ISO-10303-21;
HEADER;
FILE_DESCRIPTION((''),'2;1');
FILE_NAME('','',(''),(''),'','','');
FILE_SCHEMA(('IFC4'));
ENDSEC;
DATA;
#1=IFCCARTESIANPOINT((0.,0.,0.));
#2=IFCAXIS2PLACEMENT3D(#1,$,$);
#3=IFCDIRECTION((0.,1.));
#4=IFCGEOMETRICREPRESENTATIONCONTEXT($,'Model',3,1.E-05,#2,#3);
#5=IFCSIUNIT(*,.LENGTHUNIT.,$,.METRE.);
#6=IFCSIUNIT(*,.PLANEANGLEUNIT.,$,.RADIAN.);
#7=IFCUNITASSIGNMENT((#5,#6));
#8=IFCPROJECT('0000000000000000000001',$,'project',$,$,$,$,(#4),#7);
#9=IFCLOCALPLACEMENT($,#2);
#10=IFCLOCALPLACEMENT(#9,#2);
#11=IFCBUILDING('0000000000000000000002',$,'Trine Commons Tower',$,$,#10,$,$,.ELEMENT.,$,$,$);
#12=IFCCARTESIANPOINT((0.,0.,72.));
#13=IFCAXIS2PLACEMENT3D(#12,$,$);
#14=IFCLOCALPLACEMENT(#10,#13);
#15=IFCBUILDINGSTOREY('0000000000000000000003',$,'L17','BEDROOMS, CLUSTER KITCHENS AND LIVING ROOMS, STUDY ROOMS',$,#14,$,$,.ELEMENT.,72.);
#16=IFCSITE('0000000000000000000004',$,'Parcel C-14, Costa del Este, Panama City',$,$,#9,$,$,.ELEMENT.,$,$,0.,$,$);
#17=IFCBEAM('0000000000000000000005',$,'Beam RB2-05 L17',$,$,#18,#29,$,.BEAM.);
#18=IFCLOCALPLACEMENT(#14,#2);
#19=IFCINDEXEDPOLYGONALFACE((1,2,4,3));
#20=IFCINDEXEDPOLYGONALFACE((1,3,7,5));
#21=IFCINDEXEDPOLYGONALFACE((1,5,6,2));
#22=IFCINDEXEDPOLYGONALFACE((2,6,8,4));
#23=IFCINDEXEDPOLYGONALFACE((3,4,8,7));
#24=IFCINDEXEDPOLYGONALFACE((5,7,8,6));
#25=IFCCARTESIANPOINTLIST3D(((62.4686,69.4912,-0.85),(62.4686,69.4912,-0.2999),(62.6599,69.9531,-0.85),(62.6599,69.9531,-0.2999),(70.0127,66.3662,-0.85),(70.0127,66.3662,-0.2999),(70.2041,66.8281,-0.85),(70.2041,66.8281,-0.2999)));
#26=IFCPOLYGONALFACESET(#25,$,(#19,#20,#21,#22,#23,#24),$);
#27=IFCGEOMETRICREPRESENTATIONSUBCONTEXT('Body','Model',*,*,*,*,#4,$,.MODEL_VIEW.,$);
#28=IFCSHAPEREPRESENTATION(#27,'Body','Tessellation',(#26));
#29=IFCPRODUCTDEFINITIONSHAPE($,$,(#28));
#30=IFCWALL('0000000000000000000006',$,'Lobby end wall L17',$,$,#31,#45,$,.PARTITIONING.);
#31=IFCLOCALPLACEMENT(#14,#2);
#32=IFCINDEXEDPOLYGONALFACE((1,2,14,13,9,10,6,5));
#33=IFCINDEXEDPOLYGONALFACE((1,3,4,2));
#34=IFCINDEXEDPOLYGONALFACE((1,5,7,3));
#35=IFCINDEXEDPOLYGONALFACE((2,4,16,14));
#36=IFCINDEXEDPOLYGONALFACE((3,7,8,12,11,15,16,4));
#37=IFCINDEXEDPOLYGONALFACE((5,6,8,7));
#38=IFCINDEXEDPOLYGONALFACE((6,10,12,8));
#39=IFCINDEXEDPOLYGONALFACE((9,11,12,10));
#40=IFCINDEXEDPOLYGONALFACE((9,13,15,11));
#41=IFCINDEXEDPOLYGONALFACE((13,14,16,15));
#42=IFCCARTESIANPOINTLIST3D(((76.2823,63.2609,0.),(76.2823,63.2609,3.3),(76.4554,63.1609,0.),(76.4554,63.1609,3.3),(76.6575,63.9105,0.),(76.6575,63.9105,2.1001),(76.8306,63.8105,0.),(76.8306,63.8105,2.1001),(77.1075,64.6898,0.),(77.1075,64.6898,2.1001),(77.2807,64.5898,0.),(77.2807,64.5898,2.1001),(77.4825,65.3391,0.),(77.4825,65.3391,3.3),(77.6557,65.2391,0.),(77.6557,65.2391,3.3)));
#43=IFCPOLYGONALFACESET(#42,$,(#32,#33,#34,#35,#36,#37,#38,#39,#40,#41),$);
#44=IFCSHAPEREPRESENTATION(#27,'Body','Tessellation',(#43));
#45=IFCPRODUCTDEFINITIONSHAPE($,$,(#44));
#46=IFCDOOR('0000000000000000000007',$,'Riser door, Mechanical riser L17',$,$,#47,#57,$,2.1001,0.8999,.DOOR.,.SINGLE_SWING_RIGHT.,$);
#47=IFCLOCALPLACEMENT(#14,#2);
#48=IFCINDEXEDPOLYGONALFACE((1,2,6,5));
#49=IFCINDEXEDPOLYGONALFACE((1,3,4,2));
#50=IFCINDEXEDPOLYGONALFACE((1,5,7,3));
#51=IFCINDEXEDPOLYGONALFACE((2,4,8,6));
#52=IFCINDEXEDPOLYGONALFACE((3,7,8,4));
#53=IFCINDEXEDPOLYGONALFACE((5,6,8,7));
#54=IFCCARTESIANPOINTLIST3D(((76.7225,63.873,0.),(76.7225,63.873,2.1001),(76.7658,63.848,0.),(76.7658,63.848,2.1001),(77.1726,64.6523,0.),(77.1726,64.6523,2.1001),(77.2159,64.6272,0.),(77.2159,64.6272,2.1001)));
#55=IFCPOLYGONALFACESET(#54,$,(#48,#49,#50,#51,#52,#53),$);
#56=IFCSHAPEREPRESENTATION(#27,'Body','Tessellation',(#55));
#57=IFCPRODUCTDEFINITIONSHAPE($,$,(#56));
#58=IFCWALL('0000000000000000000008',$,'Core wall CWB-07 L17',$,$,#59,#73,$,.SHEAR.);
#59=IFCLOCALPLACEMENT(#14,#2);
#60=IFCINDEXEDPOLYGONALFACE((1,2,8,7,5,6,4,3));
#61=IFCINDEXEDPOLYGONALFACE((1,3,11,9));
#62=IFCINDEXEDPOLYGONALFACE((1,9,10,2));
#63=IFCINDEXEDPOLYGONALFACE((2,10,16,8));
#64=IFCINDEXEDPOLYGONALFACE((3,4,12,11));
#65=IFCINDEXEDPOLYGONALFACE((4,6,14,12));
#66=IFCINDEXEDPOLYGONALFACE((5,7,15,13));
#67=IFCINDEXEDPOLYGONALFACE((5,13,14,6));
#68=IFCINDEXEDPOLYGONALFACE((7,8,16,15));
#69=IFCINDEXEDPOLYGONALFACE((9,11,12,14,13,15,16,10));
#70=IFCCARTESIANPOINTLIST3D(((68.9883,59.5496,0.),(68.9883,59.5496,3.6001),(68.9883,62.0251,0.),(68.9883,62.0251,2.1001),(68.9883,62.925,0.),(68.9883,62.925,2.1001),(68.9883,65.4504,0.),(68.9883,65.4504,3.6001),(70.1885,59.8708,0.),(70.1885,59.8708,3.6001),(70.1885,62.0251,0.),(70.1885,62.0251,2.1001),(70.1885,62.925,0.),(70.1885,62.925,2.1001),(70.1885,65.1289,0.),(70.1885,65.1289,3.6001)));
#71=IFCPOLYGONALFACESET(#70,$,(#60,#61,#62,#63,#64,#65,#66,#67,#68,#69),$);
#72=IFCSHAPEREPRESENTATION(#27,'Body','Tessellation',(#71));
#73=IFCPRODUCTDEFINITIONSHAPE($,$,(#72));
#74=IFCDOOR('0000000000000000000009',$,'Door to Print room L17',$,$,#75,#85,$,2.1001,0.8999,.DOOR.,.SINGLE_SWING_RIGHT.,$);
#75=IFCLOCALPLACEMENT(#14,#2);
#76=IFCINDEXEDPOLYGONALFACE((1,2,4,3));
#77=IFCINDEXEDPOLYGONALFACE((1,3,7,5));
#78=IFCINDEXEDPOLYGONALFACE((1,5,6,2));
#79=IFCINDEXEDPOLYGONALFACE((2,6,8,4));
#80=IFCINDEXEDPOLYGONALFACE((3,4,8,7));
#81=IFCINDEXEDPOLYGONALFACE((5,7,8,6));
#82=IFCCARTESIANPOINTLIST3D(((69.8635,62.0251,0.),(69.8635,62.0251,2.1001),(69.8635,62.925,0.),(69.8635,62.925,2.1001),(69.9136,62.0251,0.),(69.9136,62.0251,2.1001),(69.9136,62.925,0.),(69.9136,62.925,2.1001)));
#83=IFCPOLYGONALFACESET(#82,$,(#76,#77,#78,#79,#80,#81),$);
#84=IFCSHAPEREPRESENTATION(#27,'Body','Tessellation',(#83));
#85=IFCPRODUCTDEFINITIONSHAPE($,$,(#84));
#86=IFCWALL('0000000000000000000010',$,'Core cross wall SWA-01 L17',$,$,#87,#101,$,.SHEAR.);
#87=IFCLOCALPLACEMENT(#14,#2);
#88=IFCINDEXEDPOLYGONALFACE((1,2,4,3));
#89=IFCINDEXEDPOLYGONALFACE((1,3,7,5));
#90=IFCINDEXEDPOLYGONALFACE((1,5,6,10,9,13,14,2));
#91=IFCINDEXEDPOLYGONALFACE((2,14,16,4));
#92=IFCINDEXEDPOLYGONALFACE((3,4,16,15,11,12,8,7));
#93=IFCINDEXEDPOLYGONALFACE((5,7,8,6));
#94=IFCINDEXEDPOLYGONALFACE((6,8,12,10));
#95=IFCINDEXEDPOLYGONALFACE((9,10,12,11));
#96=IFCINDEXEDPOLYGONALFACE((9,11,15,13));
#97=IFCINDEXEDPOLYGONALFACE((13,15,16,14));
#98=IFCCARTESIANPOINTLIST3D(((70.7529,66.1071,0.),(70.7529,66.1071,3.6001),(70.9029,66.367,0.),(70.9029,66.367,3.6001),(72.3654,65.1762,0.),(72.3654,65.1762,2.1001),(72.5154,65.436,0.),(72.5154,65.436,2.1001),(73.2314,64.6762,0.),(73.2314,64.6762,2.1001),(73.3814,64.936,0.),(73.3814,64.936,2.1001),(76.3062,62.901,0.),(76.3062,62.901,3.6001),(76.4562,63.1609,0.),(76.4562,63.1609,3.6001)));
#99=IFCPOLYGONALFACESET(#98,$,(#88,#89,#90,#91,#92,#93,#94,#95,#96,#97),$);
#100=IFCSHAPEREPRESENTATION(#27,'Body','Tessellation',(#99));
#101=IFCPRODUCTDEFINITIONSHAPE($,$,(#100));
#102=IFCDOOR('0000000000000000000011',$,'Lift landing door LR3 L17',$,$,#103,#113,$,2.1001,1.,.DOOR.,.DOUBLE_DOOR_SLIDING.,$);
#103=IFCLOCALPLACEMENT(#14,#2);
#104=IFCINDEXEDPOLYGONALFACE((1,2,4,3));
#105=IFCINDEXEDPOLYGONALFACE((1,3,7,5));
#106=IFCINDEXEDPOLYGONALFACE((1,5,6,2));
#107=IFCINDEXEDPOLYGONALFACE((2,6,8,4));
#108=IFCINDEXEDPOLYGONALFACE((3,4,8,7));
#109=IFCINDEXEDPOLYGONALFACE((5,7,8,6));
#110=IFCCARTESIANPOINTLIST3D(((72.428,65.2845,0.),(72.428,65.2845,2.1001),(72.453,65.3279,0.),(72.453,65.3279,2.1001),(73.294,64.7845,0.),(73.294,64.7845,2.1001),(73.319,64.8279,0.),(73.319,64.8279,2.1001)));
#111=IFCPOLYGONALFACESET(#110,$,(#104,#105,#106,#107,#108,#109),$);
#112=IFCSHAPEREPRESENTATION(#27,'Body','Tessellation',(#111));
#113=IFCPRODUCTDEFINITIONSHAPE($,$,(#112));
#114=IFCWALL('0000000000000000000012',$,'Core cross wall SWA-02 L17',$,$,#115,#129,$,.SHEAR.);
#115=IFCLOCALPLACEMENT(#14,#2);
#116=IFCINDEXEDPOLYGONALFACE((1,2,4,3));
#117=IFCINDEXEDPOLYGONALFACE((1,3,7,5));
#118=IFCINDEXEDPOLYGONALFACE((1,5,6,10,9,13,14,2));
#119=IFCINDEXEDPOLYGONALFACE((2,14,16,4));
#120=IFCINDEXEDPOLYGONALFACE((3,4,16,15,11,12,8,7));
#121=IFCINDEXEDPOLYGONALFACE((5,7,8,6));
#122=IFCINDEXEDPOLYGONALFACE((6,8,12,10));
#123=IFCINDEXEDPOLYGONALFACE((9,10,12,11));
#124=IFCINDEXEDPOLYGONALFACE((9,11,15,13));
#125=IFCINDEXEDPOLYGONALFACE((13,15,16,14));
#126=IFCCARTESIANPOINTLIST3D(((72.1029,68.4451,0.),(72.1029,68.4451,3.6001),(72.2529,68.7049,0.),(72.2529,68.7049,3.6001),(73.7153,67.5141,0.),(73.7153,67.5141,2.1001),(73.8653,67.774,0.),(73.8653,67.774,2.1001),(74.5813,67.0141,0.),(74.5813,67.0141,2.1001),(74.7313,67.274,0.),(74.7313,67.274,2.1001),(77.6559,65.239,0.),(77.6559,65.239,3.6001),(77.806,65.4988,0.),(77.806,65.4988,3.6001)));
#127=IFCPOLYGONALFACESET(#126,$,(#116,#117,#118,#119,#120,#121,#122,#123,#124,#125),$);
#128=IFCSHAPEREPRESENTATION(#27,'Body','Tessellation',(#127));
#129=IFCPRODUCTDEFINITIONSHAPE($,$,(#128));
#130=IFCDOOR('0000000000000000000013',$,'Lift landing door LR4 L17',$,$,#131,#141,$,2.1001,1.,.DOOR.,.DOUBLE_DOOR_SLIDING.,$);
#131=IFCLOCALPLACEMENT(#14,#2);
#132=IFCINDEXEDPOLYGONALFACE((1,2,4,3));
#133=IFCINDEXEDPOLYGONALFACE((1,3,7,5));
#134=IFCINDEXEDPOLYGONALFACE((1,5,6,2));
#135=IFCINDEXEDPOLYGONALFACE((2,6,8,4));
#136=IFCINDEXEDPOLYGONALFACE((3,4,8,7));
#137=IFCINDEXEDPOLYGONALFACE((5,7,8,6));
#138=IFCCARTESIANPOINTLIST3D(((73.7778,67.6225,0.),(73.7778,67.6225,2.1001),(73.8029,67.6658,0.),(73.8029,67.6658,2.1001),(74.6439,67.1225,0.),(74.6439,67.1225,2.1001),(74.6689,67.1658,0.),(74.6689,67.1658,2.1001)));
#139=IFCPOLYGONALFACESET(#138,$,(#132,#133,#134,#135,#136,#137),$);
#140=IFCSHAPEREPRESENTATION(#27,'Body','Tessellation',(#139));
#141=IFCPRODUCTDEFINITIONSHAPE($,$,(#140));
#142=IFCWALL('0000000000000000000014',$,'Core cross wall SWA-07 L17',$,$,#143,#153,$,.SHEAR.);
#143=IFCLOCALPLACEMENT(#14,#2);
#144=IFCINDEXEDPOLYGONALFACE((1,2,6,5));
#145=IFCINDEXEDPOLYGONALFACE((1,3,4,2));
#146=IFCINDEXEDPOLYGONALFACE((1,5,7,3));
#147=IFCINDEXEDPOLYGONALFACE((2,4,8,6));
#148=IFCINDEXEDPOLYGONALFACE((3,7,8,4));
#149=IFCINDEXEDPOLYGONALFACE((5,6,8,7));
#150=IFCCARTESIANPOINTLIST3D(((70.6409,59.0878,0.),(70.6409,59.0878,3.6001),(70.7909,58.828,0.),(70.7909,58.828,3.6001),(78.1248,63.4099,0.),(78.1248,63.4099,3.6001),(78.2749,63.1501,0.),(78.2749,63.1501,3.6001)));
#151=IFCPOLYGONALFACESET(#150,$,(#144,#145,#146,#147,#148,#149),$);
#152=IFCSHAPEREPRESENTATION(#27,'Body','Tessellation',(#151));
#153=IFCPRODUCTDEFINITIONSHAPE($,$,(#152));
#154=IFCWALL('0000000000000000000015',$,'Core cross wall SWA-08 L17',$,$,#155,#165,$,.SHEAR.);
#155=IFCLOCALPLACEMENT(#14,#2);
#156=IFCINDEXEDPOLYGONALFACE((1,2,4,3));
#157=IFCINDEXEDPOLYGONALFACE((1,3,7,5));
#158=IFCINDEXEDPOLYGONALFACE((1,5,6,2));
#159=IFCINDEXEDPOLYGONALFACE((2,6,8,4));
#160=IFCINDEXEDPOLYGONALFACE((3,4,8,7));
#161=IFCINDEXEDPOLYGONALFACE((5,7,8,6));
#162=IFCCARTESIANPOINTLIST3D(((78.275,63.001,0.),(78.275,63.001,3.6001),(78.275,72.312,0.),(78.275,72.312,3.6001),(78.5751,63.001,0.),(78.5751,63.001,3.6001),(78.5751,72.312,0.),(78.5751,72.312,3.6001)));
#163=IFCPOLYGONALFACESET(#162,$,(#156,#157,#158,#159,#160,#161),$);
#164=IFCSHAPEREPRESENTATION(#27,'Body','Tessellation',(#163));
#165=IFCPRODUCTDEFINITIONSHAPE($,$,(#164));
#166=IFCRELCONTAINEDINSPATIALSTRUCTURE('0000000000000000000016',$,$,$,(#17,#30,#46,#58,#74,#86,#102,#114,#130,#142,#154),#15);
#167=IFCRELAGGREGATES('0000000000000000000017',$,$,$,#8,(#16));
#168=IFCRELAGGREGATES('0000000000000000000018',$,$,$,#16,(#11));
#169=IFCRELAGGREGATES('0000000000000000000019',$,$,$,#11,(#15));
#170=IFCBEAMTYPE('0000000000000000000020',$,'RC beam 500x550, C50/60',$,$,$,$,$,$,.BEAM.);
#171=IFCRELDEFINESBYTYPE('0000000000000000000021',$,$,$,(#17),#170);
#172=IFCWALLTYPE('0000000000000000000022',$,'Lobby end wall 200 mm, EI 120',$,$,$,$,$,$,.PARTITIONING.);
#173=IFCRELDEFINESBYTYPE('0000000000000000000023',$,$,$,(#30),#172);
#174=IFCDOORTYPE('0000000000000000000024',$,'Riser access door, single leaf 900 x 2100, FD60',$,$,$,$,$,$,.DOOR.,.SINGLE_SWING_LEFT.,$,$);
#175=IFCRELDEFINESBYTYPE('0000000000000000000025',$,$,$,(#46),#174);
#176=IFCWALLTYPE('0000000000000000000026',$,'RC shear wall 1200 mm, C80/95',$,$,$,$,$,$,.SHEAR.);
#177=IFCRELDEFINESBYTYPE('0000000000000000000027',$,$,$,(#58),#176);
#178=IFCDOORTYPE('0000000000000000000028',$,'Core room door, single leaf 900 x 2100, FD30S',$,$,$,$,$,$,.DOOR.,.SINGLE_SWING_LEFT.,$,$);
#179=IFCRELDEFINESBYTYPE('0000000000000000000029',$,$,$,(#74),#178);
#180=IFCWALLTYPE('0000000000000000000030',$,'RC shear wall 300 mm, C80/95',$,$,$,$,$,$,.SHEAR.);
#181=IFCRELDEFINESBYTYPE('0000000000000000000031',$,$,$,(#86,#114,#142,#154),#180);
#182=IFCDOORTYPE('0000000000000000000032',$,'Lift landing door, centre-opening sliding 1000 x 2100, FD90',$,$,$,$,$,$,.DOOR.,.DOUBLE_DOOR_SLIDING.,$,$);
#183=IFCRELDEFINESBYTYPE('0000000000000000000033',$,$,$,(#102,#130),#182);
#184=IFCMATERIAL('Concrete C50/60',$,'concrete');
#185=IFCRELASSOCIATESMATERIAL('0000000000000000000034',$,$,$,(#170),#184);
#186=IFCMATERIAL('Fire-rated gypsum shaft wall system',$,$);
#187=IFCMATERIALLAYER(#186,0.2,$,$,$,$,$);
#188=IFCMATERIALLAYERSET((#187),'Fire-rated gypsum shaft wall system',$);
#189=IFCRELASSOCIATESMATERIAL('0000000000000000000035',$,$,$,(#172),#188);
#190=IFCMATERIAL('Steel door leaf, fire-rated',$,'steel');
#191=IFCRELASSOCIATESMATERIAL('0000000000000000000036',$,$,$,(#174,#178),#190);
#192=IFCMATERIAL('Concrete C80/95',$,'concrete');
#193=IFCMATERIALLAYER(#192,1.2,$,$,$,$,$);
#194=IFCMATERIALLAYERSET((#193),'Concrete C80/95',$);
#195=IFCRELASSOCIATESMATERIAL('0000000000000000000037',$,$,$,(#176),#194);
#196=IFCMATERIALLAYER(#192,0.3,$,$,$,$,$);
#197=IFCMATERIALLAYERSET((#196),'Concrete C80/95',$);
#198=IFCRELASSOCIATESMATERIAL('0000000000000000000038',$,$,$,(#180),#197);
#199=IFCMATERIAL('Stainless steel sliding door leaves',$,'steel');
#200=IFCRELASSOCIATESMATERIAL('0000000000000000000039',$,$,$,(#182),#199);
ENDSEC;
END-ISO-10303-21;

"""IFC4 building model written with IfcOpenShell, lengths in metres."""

from ifc_helpers import new_model, si_unit, direction, frame, frame_2d, origin, origin_2d, place, context, subcontext, project, spatial, polyline, rectangle, outline, extrude, material, layer, layer_set, material_profile, profile_set, type_object, element, fill, save


model = new_model("IFC4")

# Units and contexts
model_context = context("Model", 3, precision=1e-05, world=origin(), true_north=direction((0.0, 1.0)))
body_context = subcontext(model_context, "Body", "Model", "MODEL_VIEW")
ifc_project = project(units=[si_unit("LENGTHUNIT", "METRE"), si_unit("PLANEANGLEUNIT", "RADIAN")], contexts=[model_context])

# Site, building, storey
site_placement = place(None, origin())
site = spatial("IfcSite", under=ifc_project, at=site_placement, Name="Parcel C-14, Costa del Este, Panama City", CompositionType="ELEMENT", RefElevation=0.0)
building_placement = place(site_placement, origin())
building = spatial("IfcBuilding", under=site, at=building_placement, Name="Trine Commons Tower", CompositionType="ELEMENT")
storey_placement = place(building_placement, frame((0.0, 0.0, 72.0)))
storey = spatial("IfcBuildingStorey", under=building, at=storey_placement, Name="L17", Description="BEDROOMS, CLUSTER KITCHENS AND LIVING ROOMS, STUDY ROOMS", CompositionType="ELEMENT", Elevation=72.0)

# Beam
ifc_material_1 = material(Name="Concrete C50/60", Category="concrete")
ifc_material_profile = material_profile(ifc_material_1, rectangle(XDim=0.5, YDim=0.55, at=origin_2d()), Name="RC 500x550")
ifc_profile_set = profile_set([ifc_material_profile], Name="Concrete C50/60")
beam_type = type_object("IfcBeamType", Name="RC beam 500x550, C50/60", PredefinedType="BEAM", material=ifc_profile_set)
beam_placement = place(storey_placement, frame((70.1084, 66.5972, -0.575), z_axis=(-0.923875, 0.382693, 0.0), x_axis=(-0.382693, -0.923875, 0.0)))
element("IfcBeam", 1, at=beam_placement, inside=storey, type_object=beam_type, Name="Beam RB2-05 L17", PredefinedType="BEAM", context=body_context, shape_type="SweptSolid", body=[
    extrude(rectangle(XDim=0.5, YDim=0.55, at=origin_2d()), origin(), (0.0, 0.0, 1.0), 8.1658),
])

# Walls, openings, doors
ifc_material_2 = material(Name="Fire-rated gypsum shaft wall system")
ifc_layer_1 = layer(ifc_material_2, 0.2)
ifc_layer_set_1 = layer_set([ifc_layer_1], Name="Fire-rated gypsum shaft wall system")
wall_type_1 = type_object("IfcWallType", Name="Lobby end wall 200 mm, EI 120", PredefinedType="PARTITIONING", material=ifc_layer_set_1)
wall_1_placement = place(storey_placement, frame((77.5691, 65.2891, 0.0), z_axis=(0.0, 0.0, 1.0), x_axis=(-0.500122, -0.865955, 0.0)))
wall_1 = element("IfcWall", 2, at=wall_1_placement, inside=storey, type_object=wall_type_1, Name="Lobby end wall L17", PredefinedType="PARTITIONING", context=body_context, shape_type="SweptSolid", body=[
    extrude(rectangle(XDim=2.3999, YDim=0.2, at=frame_2d((1.2, 0.0))), origin(), (0.0, 0.0, 1.0), 3.3),
])
opening_1_placement = place(wall_1_placement, frame((0.7498, 0.0, 0.0)))
opening_1 = element("IfcOpeningElement", 3, at=opening_1_placement, cuts=wall_1, PredefinedType="OPENING", context=body_context, shape_type="SweptSolid", body=[
    extrude(rectangle(XDim=0.8999, YDim=2.1001, at=frame_2d((0.45, 1.05))), frame((0.0, 0.1099, 0.0), z_axis=(0.0, -1.0, 0.0), x_axis=(1.0, 0.0, 0.0)), (0.0, 0.0, 1.0), 0.22),
])
ifc_material_3 = material(Name="Steel door leaf, fire-rated", Category="steel")
door_type_1 = type_object("IfcDoorType", Name="Riser access door, single leaf 900 x 2100, FD60", OperationType="SINGLE_SWING_LEFT", PredefinedType="DOOR", material=ifc_material_3)
door_1_placement = place(opening_1_placement, frame((0.8999, 0.0, 0.0), z_axis=(0.0, 0.0, 1.0), x_axis=(-1.0, 0.0, 0.0)))
door_1 = element("IfcDoor", 4, at=door_1_placement, inside=storey, type_object=door_type_1, Name="Riser door, Mechanical riser L17", OperationType="SINGLE_SWING_RIGHT", OverallHeight=2.1001, OverallWidth=0.8999, PredefinedType="DOOR", context=body_context, shape_type="SweptSolid", body=[
    extrude(rectangle(XDim=0.8999, YDim=2.1001, at=frame_2d((0.45, 1.05))), frame((0.0, 0.0249, 0.0), z_axis=(0.0, -1.0, 0.0), x_axis=(1.0, 0.0, 0.0)), (0.0, 0.0, 1.0), 0.05),
])
fill(opening_1, door_1)
ifc_material_4 = material(Name="Concrete C80/95", Category="concrete")
ifc_layer_2 = layer(ifc_material_4, 1.2)
ifc_layer_set_2 = layer_set([ifc_layer_2], Name="Concrete C80/95")
wall_type_2 = type_object("IfcWallType", Name="RC shear wall 1200 mm, C80/95", PredefinedType="SHEAR", material=ifc_layer_set_2)
wall_2_placement = place(storey_placement, frame((69.5884, 65.4504, 0.0), z_axis=(0.0, 0.0, 1.0), x_axis=(0.0, -1.0, 0.0)))
wall_2 = element("IfcWall", 5, at=wall_2_placement, inside=storey, type_object=wall_type_2, Name="Core wall CWB-07 L17", PredefinedType="SHEAR", context=body_context, shape_type="SweptSolid", body=[
    extrude(outline(polyline([(0.0, -0.6001), (5.9009, -0.6001), (5.5796, 0.6001), (0.3215, 0.6001), (0.0, -0.6001)])), origin(), (0.0, 0.0, 1.0), 3.6001),
])
opening_2_placement = place(wall_2_placement, frame((2.5254, 0.0, 0.0)))
opening_2 = element("IfcOpeningElement", 6, at=opening_2_placement, cuts=wall_2, PredefinedType="OPENING", context=body_context, shape_type="SweptSolid", body=[
    extrude(rectangle(XDim=0.8999, YDim=2.1001, at=frame_2d((0.45, 1.05))), frame((0.0, 0.6099, 0.0), z_axis=(0.0, -1.0, 0.0), x_axis=(1.0, 0.0, 0.0)), (0.0, 0.0, 1.0), 1.22),
])
door_type_2 = type_object("IfcDoorType", Name="Core room door, single leaf 900 x 2100, FD30S", OperationType="SINGLE_SWING_LEFT", PredefinedType="DOOR", material=ifc_material_3)
door_2_placement = place(opening_2_placement, origin())
door_2 = element("IfcDoor", 7, at=door_2_placement, inside=storey, type_object=door_type_2, Name="Door to Print room L17", OperationType="SINGLE_SWING_RIGHT", OverallHeight=2.1001, OverallWidth=0.8999, PredefinedType="DOOR", context=body_context, shape_type="SweptSolid", body=[
    extrude(rectangle(XDim=0.8999, YDim=2.1001, at=frame_2d((0.45, 1.05))), frame((0.0, 0.3252, 0.0), z_axis=(0.0, -1.0, 0.0), x_axis=(1.0, 0.0, 0.0)), (0.0, 0.0, 1.0), 0.05),
])
fill(opening_2, door_2)
ifc_layer_3 = layer(ifc_material_4, 0.3)
ifc_layer_set_3 = layer_set([ifc_layer_3], Name="Concrete C80/95")
wall_type_3 = type_object("IfcWallType", Name="RC shear wall 300 mm, C80/95", PredefinedType="SHEAR", material=ifc_layer_set_3)
wall_3_placement = place(storey_placement, frame((76.3811, 63.031, 0.0), z_axis=(0.0, 0.0, 1.0), x_axis=(-0.866032, 0.499988, 0.0)))
wall_3 = element("IfcWall", 8, at=wall_3_placement, inside=storey, type_object=wall_type_3, Name="Core cross wall SWA-01 L17", PredefinedType="SHEAR", context=body_context, shape_type="SweptSolid", body=[
    extrude(rectangle(XDim=6.4124, YDim=0.3, at=frame_2d((3.2061, 0.0))), origin(), (0.0, 0.0, 1.0), 3.6001),
])
opening_3_placement = place(wall_3_placement, frame((3.5503, 0.0, 0.0)))
opening_3 = element("IfcOpeningElement", 9, at=opening_3_placement, cuts=wall_3, PredefinedType="OPENING", context=body_context, shape_type="SweptSolid", body=[
    extrude(rectangle(XDim=1.0, YDim=2.1001, at=frame_2d((0.5, 1.05))), frame((0.0, 0.1599, 0.0), z_axis=(0.0, -1.0, 0.0), x_axis=(1.0, 0.0, 0.0)), (0.0, 0.0, 1.0), 0.3201),
])
ifc_material_5 = material(Name="Stainless steel sliding door leaves", Category="steel")
door_type_3 = type_object("IfcDoorType", Name="Lift landing door, centre-opening sliding 1000 x 2100, FD90", OperationType="DOUBLE_DOOR_SLIDING", PredefinedType="DOOR", material=ifc_material_5)
door_3_placement = place(opening_3_placement, origin())
door_3 = element("IfcDoor", 10, at=door_3_placement, inside=storey, type_object=door_type_3, Name="Lift landing door LR3 L17", OperationType="DOUBLE_DOOR_SLIDING", OverallHeight=2.1001, OverallWidth=1.0, PredefinedType="DOOR", context=body_context, shape_type="SweptSolid", body=[
    extrude(rectangle(XDim=1.0, YDim=2.1001, at=frame_2d((0.5, 1.05))), frame((0.0, 0.0249, 0.0), z_axis=(0.0, -1.0, 0.0), x_axis=(1.0, 0.0, 0.0)), (0.0, 0.0, 1.0), 0.05),
])
fill(opening_3, door_3)
wall_4_placement = place(storey_placement, frame((77.731, 65.3689, 0.0), z_axis=(0.0, 0.0, 1.0), x_axis=(-0.866023, 0.500005, 0.0)))
wall_4 = element("IfcWall", 11, at=wall_4_placement, inside=storey, type_object=wall_type_3, Name="Core cross wall SWA-02 L17", PredefinedType="SHEAR", context=body_context, shape_type="SweptSolid", body=[
    extrude(rectangle(XDim=6.4121, YDim=0.3, at=frame_2d((3.2061, 0.0))), origin(), (0.0, 0.0, 1.0), 3.6001),
])
opening_4_placement = place(wall_4_placement, frame((3.5503, 0.0, 0.0)))
opening_4 = element("IfcOpeningElement", 12, at=opening_4_placement, cuts=wall_4, PredefinedType="OPENING", context=body_context, shape_type="SweptSolid", body=[
    extrude(rectangle(XDim=1.0, YDim=2.1001, at=frame_2d((0.5, 1.05))), frame((0.0, 0.1599, 0.0), z_axis=(0.0, -1.0, 0.0), x_axis=(1.0, 0.0, 0.0)), (0.0, 0.0, 1.0), 0.3201),
])
door_4_placement = place(opening_4_placement, origin())
door_4 = element("IfcDoor", 13, at=door_4_placement, inside=storey, type_object=door_type_3, Name="Lift landing door LR4 L17", OperationType="DOUBLE_DOOR_SLIDING", OverallHeight=2.1001, OverallWidth=1.0, PredefinedType="DOOR", context=body_context, shape_type="SweptSolid", body=[
    extrude(rectangle(XDim=1.0, YDim=2.1001, at=frame_2d((0.5, 1.05))), frame((0.0, 0.0249, 0.0), z_axis=(0.0, -1.0, 0.0), x_axis=(1.0, 0.0, 0.0)), (0.0, 0.0, 1.0), 0.05),
])
fill(opening_4, door_4)

# Walls
wall_5_placement = place(storey_placement, frame((78.2, 63.28, 0.0), z_axis=(0.0, 0.0, 1.0), x_axis=(-0.865965, -0.500104, 0.0)))
element("IfcWall", 14, at=wall_5_placement, inside=storey, type_object=wall_type_3, Name="Core cross wall SWA-07 L17", PredefinedType="SHEAR", context=body_context, shape_type="SweptSolid", body=[
    extrude(rectangle(XDim=8.6423, YDim=0.3, at=frame_2d((4.3213, 0.0))), origin(), (0.0, 0.0, 1.0), 3.6001),
])
wall_6_placement = place(storey_placement, frame((78.425, 63.001, 0.0), z_axis=(0.0, 0.0, 1.0), x_axis=(0.0, 1.0, 0.0)))
element("IfcWall", 15, at=wall_6_placement, inside=storey, type_object=wall_type_3, Name="Core cross wall SWA-08 L17", PredefinedType="SHEAR", context=body_context, shape_type="SweptSolid", body=[
    extrude(rectangle(XDim=9.311, YDim=0.3, at=frame_2d((4.6555, 0.0))), origin(), (0.0, 0.0, 1.0), 3.6001),
])

save(model, "model.ifc")
